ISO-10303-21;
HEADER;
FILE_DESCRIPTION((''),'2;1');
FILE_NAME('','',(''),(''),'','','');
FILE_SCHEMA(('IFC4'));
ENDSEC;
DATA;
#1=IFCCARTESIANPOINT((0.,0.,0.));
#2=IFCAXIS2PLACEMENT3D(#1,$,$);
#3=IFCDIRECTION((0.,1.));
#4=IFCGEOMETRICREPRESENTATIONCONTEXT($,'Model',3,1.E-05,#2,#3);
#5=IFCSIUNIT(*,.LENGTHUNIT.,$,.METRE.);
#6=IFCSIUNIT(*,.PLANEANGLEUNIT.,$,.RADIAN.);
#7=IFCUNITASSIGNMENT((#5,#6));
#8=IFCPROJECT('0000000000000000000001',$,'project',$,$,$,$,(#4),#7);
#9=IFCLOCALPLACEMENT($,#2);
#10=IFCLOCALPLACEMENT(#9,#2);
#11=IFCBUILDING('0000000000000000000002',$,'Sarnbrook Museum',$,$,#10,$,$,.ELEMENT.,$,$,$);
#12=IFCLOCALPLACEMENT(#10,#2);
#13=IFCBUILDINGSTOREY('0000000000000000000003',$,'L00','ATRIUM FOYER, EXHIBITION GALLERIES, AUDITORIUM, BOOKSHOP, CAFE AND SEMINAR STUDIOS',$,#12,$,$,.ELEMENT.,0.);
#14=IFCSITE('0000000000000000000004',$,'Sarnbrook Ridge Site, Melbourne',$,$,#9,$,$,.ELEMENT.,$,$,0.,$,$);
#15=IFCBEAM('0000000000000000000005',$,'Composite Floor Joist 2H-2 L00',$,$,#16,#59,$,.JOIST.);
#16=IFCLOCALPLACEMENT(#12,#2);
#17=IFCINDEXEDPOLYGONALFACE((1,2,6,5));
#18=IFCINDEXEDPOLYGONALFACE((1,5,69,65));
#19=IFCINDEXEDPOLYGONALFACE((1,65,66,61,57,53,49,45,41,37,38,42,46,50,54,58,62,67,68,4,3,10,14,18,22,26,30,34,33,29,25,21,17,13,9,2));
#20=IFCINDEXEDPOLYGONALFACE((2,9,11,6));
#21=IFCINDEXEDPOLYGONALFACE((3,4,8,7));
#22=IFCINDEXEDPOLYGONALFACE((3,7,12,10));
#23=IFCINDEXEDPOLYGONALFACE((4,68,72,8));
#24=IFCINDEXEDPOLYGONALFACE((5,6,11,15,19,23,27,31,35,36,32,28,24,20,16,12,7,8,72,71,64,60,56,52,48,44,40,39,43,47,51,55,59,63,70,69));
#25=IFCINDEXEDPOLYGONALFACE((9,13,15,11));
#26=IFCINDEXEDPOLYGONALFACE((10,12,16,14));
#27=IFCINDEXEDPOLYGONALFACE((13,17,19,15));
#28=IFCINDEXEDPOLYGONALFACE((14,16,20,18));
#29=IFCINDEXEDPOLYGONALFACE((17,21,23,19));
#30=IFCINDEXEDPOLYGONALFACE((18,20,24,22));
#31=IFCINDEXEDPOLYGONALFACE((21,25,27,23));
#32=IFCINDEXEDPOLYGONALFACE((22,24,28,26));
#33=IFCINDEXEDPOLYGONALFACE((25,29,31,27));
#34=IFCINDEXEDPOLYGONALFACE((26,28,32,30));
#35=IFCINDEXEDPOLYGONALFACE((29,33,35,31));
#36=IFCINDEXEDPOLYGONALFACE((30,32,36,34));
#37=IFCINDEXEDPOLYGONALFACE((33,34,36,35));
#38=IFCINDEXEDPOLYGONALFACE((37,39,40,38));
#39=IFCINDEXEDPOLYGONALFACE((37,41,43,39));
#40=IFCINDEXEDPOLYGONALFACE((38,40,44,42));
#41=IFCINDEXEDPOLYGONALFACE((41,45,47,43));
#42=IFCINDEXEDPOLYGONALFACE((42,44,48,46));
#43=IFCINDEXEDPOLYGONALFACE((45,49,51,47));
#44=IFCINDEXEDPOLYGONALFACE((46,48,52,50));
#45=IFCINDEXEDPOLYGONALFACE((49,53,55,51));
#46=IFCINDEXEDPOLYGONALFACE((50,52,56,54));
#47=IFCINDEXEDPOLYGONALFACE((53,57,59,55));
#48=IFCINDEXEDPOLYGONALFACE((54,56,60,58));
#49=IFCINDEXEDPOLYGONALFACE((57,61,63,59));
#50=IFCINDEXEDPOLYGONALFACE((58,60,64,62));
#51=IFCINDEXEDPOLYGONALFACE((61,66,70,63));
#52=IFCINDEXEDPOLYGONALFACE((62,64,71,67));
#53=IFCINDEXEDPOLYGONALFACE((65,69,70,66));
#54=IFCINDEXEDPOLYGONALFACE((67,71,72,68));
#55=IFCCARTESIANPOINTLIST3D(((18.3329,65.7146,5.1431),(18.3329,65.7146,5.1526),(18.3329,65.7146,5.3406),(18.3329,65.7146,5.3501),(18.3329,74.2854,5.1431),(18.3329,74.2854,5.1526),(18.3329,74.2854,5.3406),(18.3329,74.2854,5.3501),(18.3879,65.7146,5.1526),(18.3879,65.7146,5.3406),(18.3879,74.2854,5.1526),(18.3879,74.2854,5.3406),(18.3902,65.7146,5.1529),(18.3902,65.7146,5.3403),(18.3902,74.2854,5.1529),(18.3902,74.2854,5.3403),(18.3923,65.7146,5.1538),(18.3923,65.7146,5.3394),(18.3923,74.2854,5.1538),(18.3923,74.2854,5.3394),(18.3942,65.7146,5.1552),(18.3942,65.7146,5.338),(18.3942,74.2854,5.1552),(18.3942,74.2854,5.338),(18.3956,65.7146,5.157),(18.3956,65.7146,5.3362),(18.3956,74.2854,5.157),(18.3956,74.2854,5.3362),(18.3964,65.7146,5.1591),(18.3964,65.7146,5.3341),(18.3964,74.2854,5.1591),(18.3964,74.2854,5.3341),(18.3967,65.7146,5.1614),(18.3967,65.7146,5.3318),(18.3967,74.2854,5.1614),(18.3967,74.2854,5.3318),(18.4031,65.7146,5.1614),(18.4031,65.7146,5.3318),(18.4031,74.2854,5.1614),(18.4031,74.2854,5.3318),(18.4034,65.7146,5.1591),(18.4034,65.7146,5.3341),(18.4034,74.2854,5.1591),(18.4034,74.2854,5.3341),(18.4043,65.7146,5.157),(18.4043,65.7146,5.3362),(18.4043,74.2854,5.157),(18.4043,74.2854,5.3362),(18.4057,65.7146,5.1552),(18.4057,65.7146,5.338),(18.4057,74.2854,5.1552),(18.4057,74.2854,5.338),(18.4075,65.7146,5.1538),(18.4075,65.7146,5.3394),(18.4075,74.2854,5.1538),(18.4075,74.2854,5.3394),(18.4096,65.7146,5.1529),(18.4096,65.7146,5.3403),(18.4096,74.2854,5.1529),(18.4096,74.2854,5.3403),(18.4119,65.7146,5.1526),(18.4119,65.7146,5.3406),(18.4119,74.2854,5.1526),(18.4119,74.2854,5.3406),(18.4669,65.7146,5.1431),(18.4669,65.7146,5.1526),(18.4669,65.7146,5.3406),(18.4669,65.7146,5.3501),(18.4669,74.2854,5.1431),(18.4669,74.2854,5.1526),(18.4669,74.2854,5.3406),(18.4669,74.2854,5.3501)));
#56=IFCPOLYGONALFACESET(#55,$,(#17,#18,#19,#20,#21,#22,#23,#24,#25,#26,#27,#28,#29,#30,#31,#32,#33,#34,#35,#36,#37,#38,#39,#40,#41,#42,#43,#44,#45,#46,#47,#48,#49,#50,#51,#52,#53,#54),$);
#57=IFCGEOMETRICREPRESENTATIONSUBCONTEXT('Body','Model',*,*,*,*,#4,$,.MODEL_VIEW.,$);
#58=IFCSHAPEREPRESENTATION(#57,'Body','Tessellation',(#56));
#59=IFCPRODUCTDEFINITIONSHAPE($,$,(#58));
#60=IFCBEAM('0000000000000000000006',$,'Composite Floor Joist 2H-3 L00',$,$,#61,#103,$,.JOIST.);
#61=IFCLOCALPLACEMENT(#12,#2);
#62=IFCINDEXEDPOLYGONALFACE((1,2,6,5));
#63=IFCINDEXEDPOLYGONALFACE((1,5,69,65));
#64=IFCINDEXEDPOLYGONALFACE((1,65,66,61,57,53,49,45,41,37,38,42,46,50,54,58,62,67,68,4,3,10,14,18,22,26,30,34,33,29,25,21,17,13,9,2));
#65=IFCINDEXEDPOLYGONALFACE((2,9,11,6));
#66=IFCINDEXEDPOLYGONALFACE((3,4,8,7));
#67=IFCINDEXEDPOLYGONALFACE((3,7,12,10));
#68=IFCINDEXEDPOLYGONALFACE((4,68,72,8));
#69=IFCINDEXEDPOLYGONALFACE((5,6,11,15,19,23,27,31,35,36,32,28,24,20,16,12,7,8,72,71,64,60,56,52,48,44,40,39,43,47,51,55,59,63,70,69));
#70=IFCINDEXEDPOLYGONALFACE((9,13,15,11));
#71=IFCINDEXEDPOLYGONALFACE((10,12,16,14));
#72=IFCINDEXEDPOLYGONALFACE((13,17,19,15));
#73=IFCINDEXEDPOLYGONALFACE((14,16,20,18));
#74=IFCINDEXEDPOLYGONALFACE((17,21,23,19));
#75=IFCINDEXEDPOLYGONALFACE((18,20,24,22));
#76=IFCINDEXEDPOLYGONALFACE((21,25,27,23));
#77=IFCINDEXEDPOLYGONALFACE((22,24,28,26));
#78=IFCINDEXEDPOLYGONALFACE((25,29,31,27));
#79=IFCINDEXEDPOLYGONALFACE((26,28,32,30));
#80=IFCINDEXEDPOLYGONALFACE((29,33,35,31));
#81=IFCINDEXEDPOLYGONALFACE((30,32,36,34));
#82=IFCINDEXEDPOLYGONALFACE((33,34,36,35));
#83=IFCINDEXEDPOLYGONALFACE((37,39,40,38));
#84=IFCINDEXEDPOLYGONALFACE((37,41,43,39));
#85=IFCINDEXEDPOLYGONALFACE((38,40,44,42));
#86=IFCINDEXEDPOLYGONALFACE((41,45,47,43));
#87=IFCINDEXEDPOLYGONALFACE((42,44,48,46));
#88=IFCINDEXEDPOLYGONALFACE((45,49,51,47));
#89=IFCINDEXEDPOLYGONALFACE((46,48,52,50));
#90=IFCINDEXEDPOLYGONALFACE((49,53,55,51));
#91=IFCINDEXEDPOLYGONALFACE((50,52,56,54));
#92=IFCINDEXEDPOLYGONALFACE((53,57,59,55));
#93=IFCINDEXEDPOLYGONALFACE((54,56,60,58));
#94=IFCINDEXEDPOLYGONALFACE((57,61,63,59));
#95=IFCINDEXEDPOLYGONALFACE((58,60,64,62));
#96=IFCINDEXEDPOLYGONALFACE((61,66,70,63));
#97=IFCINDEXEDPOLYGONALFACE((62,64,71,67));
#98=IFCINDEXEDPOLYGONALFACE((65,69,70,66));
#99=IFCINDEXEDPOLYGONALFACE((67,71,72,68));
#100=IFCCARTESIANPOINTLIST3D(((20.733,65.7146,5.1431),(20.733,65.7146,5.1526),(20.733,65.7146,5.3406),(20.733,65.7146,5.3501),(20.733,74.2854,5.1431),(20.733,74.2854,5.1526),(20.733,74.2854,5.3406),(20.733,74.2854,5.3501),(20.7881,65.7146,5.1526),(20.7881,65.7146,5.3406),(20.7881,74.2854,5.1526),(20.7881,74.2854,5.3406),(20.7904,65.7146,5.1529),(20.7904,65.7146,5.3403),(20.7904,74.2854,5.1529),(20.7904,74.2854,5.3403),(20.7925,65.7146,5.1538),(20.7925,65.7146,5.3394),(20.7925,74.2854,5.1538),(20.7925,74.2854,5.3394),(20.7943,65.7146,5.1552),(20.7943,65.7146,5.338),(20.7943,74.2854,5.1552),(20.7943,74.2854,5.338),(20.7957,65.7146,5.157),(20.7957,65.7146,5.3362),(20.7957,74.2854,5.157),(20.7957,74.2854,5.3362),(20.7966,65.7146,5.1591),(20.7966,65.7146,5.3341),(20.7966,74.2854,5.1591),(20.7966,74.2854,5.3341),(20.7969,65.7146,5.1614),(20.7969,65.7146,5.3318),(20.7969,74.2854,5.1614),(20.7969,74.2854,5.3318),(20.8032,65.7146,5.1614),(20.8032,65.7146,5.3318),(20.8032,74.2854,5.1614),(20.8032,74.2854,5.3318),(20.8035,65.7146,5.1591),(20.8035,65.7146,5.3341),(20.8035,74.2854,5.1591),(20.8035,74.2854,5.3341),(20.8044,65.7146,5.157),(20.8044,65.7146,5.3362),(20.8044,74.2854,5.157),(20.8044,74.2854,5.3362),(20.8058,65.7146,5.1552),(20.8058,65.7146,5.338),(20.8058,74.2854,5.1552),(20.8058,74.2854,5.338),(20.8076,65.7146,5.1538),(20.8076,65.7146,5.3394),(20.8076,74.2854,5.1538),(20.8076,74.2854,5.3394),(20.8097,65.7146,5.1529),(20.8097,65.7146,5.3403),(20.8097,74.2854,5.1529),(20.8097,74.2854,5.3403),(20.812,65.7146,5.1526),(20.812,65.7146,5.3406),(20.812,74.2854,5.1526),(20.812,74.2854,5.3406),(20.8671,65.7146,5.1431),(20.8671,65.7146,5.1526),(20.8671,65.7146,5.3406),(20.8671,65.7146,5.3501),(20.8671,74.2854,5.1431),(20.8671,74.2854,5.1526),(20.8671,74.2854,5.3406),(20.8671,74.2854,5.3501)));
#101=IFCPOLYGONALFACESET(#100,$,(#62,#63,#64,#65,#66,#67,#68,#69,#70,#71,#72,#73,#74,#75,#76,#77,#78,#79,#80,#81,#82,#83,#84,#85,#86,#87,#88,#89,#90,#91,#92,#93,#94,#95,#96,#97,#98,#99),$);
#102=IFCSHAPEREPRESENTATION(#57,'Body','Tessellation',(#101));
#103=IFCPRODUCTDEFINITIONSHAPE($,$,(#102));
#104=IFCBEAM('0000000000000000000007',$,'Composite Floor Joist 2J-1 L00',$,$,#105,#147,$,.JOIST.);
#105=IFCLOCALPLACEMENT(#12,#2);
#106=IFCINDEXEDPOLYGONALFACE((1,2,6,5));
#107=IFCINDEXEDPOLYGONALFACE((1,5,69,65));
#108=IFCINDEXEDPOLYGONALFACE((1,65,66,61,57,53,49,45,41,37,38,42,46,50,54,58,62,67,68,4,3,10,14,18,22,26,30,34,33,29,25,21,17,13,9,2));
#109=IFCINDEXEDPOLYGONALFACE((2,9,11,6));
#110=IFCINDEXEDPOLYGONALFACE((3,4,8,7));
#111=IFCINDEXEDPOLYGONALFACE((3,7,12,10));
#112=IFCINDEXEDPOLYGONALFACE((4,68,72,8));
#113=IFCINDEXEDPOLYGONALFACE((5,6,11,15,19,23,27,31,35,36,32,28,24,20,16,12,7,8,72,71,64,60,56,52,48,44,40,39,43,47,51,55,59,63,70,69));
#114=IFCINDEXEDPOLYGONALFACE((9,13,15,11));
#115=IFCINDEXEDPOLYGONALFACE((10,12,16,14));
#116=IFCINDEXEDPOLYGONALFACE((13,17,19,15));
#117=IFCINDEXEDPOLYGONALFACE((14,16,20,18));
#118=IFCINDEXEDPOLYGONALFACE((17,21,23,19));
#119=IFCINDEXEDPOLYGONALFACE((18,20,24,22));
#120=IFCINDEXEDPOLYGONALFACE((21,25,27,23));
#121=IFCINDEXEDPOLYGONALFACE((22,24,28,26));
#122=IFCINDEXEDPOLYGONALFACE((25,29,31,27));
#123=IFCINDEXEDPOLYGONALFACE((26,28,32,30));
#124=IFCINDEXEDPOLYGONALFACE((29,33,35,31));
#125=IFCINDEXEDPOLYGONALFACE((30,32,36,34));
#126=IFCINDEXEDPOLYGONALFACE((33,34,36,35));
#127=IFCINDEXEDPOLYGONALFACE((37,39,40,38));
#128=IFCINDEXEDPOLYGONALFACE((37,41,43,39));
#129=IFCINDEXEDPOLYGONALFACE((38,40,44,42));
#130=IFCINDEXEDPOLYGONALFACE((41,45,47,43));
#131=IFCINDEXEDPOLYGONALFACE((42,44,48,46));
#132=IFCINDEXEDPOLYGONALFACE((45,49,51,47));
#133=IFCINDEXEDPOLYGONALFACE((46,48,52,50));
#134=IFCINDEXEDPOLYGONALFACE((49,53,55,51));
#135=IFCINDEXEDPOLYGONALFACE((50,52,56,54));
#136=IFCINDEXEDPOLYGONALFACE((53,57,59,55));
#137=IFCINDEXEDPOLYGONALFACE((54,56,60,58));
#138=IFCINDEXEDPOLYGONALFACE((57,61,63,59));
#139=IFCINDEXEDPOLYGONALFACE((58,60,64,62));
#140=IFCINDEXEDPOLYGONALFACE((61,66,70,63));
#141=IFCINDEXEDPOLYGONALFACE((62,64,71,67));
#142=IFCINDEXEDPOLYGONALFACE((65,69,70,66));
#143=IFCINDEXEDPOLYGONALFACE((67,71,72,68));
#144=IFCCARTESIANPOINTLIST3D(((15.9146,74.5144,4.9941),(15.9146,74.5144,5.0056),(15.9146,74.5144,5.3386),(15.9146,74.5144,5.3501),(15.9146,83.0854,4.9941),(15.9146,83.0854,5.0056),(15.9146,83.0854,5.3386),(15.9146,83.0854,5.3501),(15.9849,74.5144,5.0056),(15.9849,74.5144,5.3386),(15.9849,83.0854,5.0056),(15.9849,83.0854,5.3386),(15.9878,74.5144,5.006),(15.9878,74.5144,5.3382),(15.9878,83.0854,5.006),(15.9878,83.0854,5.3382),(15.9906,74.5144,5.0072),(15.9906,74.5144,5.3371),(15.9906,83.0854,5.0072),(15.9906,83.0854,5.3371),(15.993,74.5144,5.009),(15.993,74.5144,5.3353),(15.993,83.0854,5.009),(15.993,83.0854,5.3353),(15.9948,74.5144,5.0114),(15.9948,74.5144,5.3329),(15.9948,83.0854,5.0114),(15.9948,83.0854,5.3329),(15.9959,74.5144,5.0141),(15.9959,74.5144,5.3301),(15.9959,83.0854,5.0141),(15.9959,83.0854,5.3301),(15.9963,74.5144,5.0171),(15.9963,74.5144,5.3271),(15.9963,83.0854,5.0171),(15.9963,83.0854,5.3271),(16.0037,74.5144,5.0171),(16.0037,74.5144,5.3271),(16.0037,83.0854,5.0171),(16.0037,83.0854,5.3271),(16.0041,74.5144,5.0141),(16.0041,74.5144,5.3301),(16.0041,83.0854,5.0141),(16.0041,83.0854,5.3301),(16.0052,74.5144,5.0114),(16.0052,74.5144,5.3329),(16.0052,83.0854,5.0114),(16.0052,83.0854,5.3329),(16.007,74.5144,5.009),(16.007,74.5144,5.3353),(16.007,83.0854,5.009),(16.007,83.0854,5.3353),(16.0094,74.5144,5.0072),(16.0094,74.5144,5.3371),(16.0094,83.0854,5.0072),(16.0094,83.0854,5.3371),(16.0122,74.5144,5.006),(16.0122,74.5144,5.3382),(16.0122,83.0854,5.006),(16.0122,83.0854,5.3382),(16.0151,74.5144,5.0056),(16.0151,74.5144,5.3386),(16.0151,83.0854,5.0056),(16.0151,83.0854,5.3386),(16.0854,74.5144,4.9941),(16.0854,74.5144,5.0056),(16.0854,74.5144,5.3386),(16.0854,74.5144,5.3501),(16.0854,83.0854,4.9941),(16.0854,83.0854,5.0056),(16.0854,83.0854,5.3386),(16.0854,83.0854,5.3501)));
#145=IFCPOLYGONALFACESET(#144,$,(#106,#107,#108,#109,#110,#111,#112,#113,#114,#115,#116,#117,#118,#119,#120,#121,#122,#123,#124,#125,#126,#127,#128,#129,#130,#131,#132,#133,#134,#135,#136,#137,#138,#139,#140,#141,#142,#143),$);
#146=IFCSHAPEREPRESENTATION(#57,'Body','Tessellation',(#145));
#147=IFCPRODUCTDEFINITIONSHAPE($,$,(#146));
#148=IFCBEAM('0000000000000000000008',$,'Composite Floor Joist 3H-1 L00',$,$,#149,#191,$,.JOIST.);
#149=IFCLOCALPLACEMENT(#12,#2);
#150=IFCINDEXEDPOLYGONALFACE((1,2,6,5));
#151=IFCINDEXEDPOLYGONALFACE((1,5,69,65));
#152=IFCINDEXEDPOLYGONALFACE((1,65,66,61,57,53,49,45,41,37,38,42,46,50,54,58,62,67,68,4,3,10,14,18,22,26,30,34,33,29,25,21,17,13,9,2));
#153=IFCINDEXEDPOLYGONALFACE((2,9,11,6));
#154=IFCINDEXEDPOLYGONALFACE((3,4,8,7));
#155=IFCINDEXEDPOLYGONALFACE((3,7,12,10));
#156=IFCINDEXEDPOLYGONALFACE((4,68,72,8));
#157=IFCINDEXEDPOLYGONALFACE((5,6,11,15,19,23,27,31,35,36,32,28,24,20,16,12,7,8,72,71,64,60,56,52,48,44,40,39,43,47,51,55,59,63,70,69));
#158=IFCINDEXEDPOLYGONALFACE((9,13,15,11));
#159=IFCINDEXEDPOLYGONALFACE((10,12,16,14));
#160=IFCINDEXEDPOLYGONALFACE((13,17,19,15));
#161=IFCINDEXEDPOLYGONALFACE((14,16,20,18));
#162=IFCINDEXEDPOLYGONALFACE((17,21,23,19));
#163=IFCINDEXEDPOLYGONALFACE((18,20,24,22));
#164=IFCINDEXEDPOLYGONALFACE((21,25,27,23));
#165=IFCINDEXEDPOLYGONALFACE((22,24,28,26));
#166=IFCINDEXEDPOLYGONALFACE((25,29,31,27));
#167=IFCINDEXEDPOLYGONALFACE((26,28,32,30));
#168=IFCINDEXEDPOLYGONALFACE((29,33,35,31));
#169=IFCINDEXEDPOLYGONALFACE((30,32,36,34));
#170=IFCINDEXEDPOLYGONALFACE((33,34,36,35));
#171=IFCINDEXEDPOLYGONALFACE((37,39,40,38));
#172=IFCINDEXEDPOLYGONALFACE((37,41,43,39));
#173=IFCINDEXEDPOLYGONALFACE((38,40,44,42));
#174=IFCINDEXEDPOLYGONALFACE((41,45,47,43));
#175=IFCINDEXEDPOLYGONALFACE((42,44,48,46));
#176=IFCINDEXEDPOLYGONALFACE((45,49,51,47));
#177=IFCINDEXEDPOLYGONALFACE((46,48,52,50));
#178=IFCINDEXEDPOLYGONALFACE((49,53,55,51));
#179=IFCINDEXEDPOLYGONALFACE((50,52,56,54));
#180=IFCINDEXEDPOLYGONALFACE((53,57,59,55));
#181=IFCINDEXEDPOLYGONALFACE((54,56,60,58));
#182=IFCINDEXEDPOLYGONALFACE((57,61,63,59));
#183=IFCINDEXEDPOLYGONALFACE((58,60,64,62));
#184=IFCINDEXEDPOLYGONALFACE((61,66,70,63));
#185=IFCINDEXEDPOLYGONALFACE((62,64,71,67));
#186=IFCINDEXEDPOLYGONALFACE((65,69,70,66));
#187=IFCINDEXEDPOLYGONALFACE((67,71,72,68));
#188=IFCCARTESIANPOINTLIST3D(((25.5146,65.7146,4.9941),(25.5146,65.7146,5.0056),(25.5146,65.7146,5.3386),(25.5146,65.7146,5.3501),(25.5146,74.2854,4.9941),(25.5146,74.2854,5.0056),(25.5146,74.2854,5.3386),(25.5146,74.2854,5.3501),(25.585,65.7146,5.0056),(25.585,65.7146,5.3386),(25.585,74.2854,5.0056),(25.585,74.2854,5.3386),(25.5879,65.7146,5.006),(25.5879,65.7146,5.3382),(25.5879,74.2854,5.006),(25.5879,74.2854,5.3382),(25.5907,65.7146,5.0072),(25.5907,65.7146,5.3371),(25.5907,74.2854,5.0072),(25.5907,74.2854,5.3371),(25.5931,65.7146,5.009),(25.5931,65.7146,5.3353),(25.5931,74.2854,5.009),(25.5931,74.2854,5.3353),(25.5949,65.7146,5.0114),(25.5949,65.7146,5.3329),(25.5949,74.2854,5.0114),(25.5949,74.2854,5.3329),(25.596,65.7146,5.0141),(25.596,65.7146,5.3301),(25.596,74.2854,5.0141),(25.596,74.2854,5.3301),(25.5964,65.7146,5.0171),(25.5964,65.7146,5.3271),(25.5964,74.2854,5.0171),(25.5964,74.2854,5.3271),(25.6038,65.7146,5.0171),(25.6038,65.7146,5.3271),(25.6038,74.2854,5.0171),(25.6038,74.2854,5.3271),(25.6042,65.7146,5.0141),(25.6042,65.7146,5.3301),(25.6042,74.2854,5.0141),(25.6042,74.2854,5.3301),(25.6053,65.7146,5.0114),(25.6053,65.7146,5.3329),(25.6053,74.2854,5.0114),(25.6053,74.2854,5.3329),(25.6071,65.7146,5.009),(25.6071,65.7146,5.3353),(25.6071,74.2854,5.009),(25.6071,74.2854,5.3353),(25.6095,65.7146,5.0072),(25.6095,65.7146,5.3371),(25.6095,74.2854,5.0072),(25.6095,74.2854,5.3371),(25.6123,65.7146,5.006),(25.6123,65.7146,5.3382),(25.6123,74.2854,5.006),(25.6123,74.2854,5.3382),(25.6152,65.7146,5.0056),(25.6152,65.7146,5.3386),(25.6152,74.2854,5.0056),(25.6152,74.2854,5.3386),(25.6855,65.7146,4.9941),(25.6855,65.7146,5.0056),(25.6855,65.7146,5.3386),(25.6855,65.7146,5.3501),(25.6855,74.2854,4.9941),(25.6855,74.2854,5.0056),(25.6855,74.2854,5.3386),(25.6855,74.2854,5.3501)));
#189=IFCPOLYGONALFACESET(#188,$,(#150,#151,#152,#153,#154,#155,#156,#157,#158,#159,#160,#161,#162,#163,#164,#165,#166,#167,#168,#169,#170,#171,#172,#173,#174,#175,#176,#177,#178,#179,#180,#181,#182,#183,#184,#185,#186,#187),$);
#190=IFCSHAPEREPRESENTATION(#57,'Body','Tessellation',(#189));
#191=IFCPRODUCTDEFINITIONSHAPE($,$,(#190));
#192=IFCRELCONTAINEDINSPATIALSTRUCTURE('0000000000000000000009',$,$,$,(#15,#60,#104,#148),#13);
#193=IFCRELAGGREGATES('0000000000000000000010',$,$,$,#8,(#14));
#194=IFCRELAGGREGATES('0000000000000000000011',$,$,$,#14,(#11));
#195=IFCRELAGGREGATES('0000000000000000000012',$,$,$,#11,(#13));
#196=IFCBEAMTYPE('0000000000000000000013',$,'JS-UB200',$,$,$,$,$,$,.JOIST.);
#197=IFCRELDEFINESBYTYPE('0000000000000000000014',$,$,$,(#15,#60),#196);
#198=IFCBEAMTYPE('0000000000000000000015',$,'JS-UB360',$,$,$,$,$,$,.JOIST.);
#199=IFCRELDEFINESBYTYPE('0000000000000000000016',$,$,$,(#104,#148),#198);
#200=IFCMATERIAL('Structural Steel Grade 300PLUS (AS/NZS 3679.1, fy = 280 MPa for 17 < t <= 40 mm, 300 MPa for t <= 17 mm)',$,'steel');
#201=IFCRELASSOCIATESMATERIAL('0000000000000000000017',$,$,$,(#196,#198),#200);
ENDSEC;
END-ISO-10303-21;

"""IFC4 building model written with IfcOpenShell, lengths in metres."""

from ifc_helpers import new_model, si_unit, direction, frame, origin, origin_2d, place, context, subcontext, project, spatial, i_section, extrude, material, material_profile, profile_set, type_object, element, save


model = new_model("IFC4")

# Units and contexts
model_context = context("Model", 3, precision=1e-05, world=origin(), true_north=direction((0.0, 1.0)))
body_context = subcontext(model_context, "Body", "Model", "MODEL_VIEW")
ifc_project = project(units=[si_unit("LENGTHUNIT", "METRE"), si_unit("PLANEANGLEUNIT", "RADIAN")], contexts=[model_context])

# Site, building, storey
site_placement = place(None, origin())
site = spatial("IfcSite", under=ifc_project, at=site_placement, Name="Sarnbrook Ridge Site, Melbourne", CompositionType="ELEMENT", RefElevation=0.0)
building_placement = place(site_placement, origin())
building = spatial("IfcBuilding", under=site, at=building_placement, Name="Sarnbrook Museum", CompositionType="ELEMENT")
storey_placement = place(building_placement, origin())
storey = spatial("IfcBuildingStorey", under=building, at=storey_placement, Name="L00", Description="ATRIUM FOYER, EXHIBITION GALLERIES, AUDITORIUM, BOOKSHOP, CAFE AND SEMINAR STUDIOS", CompositionType="ELEMENT", Elevation=0.0)

# Shared definitions
ifc_material_1 = material(Name="Structural Steel Grade 300PLUS (AS/NZS 3679.1, fy = 280 MPa for 17 < t <= 40 mm, 300 MPa for t <= 17 mm)", Category="steel")

# Beams
ifc_material_profile_1 = material_profile(ifc_material_1, i_section(OverallWidth=0.134, OverallDepth=0.207, WebThickness=0.0063, FlangeThickness=0.0095, FilletRadius=0.0088, at=origin_2d()), Name="200UB29.8")
ifc_profile_set_1 = profile_set([ifc_material_profile_1], Name="Structural Steel Grade 300PLUS (AS/NZS 3679.1, fy = 280 MPa for 17 < t <= 40 mm, 300 MPa for t <= 17 mm)")
beam_type_1 = type_object("IfcBeamType", Name="JS-UB200", PredefinedType="JOIST", material=ifc_profile_set_1)
for number, where, z_axis, x_axis, name in (
    (1, (18.3999, 65.7146, 5.2466), (0.0, 1.0, 0.0), (-1.0, 0.0, 0.0), "Composite Floor Joist 2H-2 L00"),
    (2, (20.8, 65.7146, 5.2466), (0.0, 1.0, 0.0), (-1.0, 0.0, 0.0), "Composite Floor Joist 2H-3 L00"),
):
    element("IfcBeam", number, at=place(storey_placement, frame(where, z_axis=z_axis, x_axis=x_axis)), inside=storey, type_object=beam_type_1, Name=name, PredefinedType="JOIST", context=body_context, shape_type="SweptSolid", body=[
        extrude(i_section(OverallWidth=0.134, OverallDepth=0.207, WebThickness=0.0063, FlangeThickness=0.0095, FilletRadius=0.0088, at=origin_2d()), origin(), (0.0, 0.0, 1.0), 8.5708),
    ])
ifc_material_profile_2 = material_profile(ifc_material_1, i_section(OverallWidth=0.1709, OverallDepth=0.356, WebThickness=0.0073, FlangeThickness=0.0115, FilletRadius=0.0115, at=origin_2d()), Name="360UB50.7")
ifc_profile_set_2 = profile_set([ifc_material_profile_2], Name="Structural Steel Grade 300PLUS (AS/NZS 3679.1, fy = 280 MPa for 17 < t <= 40 mm, 300 MPa for t <= 17 mm)")
beam_type_2 = type_object("IfcBeamType", Name="JS-UB360", PredefinedType="JOIST", material=ifc_profile_set_2)
beam_1_placement = place(storey_placement, frame((16.0, 74.5144, 5.1721), z_axis=(0.0, 1.0, 0.0), x_axis=(-1.0, 0.0, 0.0)))
element("IfcBeam", 3, at=beam_1_placement, inside=storey, type_object=beam_type_2, Name="Composite Floor Joist 2J-1 L00", PredefinedType="JOIST", context=body_context, shape_type="SweptSolid", body=[
    extrude(i_section(OverallWidth=0.1709, OverallDepth=0.356, WebThickness=0.0073, FlangeThickness=0.0115, FilletRadius=0.0115, at=origin_2d()), origin(), (0.0, 0.0, 1.0), 8.571),
])
for number, where, z_axis, x_axis, name in (
    (4, (25.6001, 65.7146, 5.1721), (0.0, 1.0, 0.0), (-1.0, 0.0, 0.0), "Composite Floor Joist 3H-1 L00"),
):
    element("IfcBeam", number, at=place(storey_placement, frame(where, z_axis=z_axis, x_axis=x_axis)), inside=storey, type_object=beam_type_2, Name=name, PredefinedType="JOIST", context=body_context, shape_type="SweptSolid", body=[
        extrude(i_section(OverallWidth=0.1709, OverallDepth=0.356, WebThickness=0.0073, FlangeThickness=0.0115, FilletRadius=0.0115, at=origin_2d()), origin(), (0.0, 0.0, 1.0), 8.5708),
    ])

save(model, "model.ifc")
